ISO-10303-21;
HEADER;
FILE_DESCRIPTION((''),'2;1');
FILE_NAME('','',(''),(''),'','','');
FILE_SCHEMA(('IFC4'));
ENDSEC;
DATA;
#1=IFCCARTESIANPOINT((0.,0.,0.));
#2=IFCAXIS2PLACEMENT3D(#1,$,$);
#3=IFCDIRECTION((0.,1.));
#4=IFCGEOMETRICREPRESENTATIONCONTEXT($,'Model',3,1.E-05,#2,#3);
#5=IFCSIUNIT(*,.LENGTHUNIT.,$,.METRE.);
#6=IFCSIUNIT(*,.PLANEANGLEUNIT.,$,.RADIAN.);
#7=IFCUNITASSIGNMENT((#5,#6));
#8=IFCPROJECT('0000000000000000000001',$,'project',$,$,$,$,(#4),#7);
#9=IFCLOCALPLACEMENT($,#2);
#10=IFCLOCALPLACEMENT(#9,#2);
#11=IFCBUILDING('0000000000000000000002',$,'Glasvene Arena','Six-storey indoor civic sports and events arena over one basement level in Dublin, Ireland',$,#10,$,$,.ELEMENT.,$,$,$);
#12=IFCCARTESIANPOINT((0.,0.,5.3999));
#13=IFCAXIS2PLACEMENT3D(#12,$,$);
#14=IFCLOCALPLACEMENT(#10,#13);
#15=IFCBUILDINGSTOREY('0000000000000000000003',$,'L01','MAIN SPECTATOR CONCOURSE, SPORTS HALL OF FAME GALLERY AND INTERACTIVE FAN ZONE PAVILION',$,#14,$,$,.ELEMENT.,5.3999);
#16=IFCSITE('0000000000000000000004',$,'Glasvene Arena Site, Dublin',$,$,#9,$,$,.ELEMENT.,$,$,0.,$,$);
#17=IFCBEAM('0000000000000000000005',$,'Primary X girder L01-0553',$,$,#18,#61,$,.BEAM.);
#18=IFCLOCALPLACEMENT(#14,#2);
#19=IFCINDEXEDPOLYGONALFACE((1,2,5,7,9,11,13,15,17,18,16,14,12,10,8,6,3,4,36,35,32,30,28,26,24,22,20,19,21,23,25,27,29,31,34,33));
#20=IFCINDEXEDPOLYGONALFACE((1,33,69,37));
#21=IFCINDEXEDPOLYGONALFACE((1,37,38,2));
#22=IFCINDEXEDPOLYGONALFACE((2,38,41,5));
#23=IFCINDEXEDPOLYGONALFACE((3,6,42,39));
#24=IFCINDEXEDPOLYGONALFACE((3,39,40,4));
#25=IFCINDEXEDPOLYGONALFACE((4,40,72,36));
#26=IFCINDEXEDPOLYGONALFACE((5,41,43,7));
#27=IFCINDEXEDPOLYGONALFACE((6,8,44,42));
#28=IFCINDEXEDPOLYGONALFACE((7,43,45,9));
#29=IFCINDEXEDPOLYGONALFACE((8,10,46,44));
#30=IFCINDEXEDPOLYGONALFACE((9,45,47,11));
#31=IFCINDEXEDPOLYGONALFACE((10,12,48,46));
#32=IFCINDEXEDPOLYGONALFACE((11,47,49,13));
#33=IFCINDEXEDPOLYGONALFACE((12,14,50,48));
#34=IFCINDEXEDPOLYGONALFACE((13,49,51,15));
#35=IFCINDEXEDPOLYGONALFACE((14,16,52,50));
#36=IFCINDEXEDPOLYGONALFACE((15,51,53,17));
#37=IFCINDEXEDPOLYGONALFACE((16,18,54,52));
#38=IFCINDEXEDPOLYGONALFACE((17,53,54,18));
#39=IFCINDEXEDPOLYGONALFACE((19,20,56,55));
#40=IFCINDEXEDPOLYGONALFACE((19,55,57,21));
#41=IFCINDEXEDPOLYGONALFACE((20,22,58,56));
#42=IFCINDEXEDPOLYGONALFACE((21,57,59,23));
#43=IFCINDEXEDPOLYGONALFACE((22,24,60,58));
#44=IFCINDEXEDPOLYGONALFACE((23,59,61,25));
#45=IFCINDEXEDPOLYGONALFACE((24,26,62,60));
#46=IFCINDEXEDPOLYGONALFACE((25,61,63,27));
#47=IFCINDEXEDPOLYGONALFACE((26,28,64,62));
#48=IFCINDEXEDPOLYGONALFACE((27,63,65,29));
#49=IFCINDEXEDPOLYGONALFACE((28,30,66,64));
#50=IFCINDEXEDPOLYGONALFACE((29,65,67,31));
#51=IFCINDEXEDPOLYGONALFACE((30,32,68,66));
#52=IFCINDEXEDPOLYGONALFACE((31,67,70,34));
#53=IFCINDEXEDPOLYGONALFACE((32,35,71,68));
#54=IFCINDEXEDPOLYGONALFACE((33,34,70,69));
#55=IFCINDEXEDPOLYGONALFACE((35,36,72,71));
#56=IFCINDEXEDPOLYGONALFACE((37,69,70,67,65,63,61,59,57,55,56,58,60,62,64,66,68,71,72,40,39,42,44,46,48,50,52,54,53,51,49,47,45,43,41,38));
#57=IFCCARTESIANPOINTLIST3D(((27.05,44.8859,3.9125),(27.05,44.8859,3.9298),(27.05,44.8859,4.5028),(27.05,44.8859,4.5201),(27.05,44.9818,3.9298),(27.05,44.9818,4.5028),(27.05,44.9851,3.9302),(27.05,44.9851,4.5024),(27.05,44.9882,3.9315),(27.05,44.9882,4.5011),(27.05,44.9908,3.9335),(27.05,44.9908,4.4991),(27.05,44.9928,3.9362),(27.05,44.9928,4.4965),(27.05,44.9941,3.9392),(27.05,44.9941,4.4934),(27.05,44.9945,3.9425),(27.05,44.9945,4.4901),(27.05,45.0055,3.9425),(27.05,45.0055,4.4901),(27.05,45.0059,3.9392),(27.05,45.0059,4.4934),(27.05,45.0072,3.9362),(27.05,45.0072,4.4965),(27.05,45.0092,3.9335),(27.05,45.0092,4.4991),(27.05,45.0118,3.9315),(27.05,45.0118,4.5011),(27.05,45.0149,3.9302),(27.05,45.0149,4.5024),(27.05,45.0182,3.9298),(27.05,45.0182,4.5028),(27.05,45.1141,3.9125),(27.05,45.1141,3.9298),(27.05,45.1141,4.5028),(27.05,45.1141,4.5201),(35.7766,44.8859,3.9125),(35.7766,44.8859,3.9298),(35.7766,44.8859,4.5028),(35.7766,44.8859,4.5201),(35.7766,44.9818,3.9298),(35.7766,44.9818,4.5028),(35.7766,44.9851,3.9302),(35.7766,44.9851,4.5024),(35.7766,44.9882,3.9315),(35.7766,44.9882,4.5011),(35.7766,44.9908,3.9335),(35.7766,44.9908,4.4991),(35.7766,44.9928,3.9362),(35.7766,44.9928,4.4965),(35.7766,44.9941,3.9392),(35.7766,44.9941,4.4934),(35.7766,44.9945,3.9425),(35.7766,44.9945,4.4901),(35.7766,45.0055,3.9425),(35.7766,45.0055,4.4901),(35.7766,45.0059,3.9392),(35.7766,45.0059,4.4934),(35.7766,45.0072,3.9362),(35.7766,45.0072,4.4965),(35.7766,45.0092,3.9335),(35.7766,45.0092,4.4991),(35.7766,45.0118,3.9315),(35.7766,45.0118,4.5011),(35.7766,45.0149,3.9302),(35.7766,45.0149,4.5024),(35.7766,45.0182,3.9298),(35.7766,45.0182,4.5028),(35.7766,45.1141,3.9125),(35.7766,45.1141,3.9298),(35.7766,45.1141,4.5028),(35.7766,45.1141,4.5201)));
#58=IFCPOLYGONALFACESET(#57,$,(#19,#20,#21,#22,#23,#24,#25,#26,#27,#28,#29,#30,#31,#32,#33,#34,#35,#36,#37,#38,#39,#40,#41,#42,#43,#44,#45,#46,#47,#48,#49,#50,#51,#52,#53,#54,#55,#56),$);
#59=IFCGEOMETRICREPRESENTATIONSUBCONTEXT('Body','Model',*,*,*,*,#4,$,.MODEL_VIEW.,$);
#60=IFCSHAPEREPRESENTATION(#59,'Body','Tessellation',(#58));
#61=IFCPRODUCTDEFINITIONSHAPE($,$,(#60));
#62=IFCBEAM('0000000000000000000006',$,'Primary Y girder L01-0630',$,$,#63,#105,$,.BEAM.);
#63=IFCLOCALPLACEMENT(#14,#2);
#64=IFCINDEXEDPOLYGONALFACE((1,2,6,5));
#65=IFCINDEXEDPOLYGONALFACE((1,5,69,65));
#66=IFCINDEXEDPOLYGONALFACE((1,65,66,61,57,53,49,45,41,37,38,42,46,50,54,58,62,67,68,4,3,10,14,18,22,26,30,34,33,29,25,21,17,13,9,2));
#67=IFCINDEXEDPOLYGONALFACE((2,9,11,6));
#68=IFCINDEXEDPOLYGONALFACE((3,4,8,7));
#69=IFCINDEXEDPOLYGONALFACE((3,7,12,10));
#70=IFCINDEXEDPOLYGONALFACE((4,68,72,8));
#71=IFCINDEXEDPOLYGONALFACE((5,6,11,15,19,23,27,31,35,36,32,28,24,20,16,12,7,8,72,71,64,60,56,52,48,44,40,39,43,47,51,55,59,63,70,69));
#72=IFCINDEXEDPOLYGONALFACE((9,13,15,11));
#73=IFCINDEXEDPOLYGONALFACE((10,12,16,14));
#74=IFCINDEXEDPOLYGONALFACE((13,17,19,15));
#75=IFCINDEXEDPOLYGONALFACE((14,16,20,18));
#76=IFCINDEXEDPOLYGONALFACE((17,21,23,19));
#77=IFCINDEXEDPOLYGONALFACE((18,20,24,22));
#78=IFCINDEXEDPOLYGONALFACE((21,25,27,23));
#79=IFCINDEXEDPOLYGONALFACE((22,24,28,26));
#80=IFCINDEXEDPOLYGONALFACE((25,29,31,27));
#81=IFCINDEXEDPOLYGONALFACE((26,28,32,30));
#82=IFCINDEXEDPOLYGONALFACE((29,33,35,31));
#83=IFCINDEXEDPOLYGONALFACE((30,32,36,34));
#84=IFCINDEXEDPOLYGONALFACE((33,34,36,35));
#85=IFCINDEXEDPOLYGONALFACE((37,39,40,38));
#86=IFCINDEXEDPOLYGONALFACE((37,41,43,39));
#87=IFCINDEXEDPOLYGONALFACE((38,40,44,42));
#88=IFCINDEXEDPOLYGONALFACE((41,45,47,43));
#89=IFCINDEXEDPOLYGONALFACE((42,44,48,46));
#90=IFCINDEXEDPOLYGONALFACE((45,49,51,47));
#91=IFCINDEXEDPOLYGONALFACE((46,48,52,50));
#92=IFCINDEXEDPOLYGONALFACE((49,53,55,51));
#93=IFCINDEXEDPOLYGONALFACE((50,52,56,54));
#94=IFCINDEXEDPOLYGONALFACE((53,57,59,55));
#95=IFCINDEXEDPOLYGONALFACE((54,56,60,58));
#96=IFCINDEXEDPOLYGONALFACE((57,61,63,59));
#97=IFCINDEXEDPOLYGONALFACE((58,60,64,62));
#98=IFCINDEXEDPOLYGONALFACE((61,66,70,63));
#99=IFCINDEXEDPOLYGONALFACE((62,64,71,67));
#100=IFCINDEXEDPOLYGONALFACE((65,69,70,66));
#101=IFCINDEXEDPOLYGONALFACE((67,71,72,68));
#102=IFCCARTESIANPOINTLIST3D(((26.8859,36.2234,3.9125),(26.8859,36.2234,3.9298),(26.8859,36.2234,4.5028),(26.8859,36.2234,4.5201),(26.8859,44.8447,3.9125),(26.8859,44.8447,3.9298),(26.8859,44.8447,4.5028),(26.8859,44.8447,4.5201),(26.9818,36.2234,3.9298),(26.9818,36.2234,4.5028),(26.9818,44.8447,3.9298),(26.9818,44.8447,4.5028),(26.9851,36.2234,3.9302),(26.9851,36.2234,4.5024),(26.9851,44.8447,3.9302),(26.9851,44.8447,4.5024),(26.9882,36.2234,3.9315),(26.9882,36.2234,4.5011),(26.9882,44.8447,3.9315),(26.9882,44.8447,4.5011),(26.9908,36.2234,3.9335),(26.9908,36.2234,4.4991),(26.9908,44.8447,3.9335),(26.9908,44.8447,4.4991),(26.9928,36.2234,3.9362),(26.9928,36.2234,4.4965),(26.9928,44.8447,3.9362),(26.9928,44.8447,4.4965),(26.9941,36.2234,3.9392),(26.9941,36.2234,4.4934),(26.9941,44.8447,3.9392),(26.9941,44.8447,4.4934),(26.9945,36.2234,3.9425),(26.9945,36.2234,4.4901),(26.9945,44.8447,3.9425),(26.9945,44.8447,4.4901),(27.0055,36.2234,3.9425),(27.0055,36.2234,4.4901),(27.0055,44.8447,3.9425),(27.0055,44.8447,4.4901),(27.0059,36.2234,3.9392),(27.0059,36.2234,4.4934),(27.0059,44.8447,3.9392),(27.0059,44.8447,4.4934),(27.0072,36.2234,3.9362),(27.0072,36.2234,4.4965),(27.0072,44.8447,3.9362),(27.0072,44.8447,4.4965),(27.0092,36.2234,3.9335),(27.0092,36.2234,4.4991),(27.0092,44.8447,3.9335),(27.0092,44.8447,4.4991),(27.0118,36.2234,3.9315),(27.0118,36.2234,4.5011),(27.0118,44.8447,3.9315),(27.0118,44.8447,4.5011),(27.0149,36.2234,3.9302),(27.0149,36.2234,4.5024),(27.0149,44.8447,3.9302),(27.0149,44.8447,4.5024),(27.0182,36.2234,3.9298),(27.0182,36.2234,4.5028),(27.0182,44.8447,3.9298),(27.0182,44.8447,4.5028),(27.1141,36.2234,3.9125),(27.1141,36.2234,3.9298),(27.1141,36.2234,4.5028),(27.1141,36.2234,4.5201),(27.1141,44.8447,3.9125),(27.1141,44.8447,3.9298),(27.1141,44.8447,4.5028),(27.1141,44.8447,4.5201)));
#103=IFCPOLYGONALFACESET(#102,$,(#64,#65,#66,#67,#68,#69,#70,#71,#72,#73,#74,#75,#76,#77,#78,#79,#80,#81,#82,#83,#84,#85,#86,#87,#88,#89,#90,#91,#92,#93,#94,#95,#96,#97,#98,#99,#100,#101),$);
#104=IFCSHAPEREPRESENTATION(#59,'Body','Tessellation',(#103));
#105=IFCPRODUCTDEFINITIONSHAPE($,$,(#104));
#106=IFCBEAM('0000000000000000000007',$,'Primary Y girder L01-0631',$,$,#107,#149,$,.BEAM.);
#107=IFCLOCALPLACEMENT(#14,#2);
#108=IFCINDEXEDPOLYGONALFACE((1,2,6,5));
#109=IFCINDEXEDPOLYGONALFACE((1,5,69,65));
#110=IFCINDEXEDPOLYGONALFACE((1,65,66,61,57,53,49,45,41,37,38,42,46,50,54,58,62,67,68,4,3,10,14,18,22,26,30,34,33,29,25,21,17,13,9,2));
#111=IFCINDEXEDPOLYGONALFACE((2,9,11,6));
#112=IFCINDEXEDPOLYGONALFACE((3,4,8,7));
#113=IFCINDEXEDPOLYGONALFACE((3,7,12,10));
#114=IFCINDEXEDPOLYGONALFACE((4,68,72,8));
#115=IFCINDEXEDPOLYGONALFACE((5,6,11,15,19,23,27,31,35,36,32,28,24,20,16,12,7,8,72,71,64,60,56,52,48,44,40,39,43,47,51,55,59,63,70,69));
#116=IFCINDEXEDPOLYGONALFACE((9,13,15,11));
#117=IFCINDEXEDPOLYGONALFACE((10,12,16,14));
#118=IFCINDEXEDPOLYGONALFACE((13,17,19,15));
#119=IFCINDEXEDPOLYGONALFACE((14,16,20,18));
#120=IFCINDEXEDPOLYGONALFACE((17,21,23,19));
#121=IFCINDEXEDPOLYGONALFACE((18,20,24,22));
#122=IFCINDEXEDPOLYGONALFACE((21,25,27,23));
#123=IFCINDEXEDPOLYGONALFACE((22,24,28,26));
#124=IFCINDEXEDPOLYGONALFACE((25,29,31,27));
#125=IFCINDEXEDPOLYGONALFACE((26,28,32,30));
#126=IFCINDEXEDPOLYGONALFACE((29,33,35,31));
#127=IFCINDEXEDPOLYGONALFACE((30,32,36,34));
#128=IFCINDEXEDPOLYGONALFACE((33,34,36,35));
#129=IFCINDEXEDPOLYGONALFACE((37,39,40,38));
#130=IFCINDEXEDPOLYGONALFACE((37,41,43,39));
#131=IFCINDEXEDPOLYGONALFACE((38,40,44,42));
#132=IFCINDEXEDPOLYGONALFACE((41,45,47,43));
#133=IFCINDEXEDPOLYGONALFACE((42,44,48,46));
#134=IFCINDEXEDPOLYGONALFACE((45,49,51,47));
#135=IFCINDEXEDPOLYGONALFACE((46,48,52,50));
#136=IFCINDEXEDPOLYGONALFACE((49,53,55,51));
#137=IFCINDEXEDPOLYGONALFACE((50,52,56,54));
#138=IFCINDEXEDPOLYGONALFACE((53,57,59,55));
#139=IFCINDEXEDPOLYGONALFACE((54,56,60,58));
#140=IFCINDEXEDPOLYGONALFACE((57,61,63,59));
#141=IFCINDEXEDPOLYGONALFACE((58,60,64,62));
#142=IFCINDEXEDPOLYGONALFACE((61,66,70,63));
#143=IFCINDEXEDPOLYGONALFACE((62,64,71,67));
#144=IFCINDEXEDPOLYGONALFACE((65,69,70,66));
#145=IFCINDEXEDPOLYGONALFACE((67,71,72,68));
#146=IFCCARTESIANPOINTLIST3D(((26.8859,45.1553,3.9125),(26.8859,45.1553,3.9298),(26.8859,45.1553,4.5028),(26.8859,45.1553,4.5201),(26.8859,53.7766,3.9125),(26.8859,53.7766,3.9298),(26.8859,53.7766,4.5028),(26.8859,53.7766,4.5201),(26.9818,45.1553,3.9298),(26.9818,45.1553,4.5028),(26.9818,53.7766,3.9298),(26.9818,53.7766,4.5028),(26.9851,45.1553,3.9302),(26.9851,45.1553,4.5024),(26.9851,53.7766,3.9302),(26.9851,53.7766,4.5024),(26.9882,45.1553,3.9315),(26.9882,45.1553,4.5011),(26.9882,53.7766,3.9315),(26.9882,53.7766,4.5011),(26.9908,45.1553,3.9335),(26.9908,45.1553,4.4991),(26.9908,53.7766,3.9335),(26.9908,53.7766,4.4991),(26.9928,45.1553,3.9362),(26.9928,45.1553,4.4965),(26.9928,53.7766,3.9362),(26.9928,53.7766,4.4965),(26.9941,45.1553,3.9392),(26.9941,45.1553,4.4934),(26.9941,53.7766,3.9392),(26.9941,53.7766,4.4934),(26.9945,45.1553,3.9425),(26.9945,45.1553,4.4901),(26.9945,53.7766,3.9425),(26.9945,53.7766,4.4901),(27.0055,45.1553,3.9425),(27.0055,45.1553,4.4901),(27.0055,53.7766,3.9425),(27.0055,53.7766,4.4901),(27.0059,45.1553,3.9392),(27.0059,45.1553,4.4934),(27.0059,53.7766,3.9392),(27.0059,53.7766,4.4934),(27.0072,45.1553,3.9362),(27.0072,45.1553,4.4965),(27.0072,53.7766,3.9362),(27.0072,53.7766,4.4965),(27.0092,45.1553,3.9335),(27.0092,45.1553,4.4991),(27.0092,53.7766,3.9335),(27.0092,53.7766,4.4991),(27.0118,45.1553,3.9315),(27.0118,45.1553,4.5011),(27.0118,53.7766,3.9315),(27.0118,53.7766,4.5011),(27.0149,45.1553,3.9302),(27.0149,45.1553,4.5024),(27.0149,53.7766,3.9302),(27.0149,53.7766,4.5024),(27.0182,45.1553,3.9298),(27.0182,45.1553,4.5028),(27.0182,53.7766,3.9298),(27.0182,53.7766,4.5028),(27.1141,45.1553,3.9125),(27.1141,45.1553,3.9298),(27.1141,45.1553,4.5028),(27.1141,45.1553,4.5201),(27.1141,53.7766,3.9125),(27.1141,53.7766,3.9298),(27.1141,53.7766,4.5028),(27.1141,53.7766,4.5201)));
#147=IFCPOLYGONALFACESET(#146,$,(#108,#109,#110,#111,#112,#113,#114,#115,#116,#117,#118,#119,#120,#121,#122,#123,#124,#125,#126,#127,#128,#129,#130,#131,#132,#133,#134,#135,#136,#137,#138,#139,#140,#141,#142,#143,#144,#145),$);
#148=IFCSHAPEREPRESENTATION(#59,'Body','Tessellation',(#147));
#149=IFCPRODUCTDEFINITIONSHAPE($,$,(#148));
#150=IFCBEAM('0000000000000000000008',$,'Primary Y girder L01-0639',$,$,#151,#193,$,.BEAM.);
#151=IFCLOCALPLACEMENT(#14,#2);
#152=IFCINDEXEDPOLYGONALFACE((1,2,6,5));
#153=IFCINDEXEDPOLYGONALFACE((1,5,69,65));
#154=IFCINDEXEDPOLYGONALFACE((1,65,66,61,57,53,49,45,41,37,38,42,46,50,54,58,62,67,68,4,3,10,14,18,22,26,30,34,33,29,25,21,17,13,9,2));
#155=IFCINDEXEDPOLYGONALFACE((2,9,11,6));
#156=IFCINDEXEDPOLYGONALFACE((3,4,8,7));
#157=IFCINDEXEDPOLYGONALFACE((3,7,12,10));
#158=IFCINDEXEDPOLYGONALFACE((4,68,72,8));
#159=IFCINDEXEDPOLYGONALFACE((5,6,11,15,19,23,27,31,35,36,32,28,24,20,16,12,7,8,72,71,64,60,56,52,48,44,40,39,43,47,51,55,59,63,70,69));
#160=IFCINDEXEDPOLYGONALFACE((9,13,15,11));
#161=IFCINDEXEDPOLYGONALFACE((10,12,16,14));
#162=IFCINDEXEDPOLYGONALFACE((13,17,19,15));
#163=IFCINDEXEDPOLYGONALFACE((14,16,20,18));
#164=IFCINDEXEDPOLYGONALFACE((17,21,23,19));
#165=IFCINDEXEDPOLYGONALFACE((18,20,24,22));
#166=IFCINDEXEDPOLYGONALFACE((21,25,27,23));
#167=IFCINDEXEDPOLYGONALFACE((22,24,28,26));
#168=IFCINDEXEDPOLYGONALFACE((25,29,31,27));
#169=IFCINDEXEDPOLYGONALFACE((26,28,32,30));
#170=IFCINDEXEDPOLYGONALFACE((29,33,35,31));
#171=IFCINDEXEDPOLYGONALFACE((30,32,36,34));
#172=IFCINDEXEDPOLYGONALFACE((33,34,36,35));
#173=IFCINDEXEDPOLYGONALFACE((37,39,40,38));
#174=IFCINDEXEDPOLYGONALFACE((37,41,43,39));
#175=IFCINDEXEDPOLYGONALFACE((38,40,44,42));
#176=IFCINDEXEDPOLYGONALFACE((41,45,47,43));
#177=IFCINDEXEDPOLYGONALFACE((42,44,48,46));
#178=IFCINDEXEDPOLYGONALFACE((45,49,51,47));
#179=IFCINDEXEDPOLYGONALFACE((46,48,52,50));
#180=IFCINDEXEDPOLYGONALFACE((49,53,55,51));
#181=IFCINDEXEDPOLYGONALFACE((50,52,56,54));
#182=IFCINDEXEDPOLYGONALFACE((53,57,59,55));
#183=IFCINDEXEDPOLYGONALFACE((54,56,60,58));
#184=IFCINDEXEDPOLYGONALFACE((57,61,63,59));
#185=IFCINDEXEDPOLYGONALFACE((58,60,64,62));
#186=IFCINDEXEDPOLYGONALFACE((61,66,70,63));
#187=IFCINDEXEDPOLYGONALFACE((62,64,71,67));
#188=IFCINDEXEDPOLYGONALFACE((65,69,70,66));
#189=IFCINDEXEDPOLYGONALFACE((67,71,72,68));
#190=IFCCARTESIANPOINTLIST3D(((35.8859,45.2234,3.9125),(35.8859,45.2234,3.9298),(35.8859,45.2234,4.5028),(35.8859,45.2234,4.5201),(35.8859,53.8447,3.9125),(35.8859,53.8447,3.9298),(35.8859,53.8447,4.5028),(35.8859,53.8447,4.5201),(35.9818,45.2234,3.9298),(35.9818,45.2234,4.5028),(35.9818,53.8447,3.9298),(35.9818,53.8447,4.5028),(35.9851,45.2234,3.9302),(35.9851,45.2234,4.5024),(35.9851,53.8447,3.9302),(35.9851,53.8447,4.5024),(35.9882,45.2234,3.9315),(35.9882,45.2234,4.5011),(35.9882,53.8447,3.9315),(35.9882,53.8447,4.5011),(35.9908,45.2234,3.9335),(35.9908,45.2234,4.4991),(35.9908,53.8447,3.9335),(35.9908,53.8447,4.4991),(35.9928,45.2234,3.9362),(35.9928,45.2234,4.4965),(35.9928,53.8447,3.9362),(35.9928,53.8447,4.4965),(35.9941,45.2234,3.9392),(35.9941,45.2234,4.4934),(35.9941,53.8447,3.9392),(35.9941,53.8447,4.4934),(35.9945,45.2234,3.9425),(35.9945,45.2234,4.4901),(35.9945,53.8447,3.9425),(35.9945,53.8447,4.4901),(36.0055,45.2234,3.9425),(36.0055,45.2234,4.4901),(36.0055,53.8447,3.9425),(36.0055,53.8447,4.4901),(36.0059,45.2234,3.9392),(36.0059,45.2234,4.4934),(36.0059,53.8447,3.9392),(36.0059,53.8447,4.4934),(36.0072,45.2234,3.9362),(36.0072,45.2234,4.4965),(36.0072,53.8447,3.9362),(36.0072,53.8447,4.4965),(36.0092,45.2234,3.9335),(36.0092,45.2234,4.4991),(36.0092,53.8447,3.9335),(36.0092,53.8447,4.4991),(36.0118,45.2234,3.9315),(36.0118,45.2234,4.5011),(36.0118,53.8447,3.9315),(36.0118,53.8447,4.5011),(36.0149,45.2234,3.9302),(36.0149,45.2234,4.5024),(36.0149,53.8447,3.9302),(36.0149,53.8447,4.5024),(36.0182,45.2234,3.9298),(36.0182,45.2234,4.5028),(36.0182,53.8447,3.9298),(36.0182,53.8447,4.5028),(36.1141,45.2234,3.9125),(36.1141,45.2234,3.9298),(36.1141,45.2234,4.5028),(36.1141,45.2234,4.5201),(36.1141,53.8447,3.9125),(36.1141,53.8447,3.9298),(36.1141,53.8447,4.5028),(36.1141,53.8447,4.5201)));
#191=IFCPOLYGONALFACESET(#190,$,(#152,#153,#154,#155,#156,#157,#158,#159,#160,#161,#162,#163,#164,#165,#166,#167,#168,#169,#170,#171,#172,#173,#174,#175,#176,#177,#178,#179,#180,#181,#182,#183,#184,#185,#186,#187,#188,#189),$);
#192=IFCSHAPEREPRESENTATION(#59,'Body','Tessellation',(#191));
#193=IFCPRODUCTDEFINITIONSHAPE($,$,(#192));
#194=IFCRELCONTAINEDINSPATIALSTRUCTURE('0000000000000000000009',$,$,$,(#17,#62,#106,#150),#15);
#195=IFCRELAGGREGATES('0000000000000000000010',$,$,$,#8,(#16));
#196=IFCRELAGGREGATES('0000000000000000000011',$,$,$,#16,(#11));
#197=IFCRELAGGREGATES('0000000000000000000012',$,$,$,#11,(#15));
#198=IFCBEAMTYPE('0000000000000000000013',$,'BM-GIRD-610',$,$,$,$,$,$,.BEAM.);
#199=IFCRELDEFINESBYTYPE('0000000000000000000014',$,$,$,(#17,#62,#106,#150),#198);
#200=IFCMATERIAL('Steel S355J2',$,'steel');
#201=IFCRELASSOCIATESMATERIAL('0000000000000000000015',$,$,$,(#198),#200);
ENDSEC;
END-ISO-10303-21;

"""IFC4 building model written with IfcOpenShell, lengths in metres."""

from ifc_helpers import new_model, si_unit, direction, frame, origin, origin_2d, place, context, subcontext, project, spatial, i_section, extrude, material, material_profile, profile_set, type_object, element, save


model = new_model("IFC4")

# Units and contexts
model_context = context("Model", 3, precision=1e-05, world=origin(), true_north=direction((0.0, 1.0)))
body_context = subcontext(model_context, "Body", "Model", "MODEL_VIEW")
ifc_project = project(units=[si_unit("LENGTHUNIT", "METRE"), si_unit("PLANEANGLEUNIT", "RADIAN")], contexts=[model_context])

# Site, building, storey
site_placement = place(None, origin())
site = spatial("IfcSite", under=ifc_project, at=site_placement, Name="Glasvene Arena Site, Dublin", CompositionType="ELEMENT", RefElevation=0.0)
building_placement = place(site_placement, origin())
building = spatial("IfcBuilding", under=site, at=building_placement, Name="Glasvene Arena", Description="Six-storey indoor civic sports and events arena over one basement level in Dublin, Ireland", CompositionType="ELEMENT")
storey_placement = place(building_placement, frame((0.0, 0.0, 5.3999)))
storey = spatial("IfcBuildingStorey", under=building, at=storey_placement, Name="L01", Description="MAIN SPECTATOR CONCOURSE, SPORTS HALL OF FAME GALLERY AND INTERACTIVE FAN ZONE PAVILION", CompositionType="ELEMENT", Elevation=5.3999)

# Shared definitions
ifc_material_1 = material(Name="Steel S355J2", Category="steel")

# Beams
ifc_material_profile_1 = material_profile(ifc_material_1, i_section(OverallWidth=0.2283, OverallDepth=0.6077, WebThickness=0.011, FlangeThickness=0.0173, FilletRadius=0.0127, at=origin_2d()), Name="UKB 610x229x113")
ifc_profile_set_1 = profile_set([ifc_material_profile_1], Name="Steel S355J2")
beam_type_1 = type_object("IfcBeamType", Name="BM-GIRD-610", PredefinedType="BEAM", material=ifc_profile_set_1)
for number, where, z_axis, x_axis, name in (
    (1, (27.05, 45.0, 4.2163), (1.0, 0.0, 0.0), (0.0, 1.0, 0.0), "Primary X girder L01-0553"),
):
    element("IfcBeam", number, at=place(storey_placement, frame(where, z_axis=z_axis, x_axis=x_axis)), inside=storey, type_object=beam_type_1, Name=name, PredefinedType="BEAM", context=body_context, shape_type="SweptSolid", body=[
        extrude(i_section(OverallWidth=0.2283, OverallDepth=0.6077, WebThickness=0.011, FlangeThickness=0.0173, FilletRadius=0.0127, at=origin_2d()), origin(), (0.0, 0.0, 1.0), 8.7266),
    ])
for number, where, z_axis, x_axis, name in (
    (2, (27.0, 36.2234, 4.2163), (0.0, 1.0, 0.0), (-1.0, 0.0, 0.0), "Primary Y girder L01-0630"),
    (3, (27.0, 45.1553, 4.2163), (0.0, 1.0, 0.0), (-1.0, 0.0, 0.0), "Primary Y girder L01-0631"),
    (4, (36.0, 45.2234, 4.2163), (0.0, 1.0, 0.0), (-1.0, 0.0, 0.0), "Primary Y girder L01-0639"),
):
    element("IfcBeam", number, at=place(storey_placement, frame(where, z_axis=z_axis, x_axis=x_axis)), inside=storey, type_object=beam_type_1, Name=name, PredefinedType="BEAM", context=body_context, shape_type="SweptSolid", body=[
        extrude(i_section(OverallWidth=0.2283, OverallDepth=0.6077, WebThickness=0.011, FlangeThickness=0.0173, FilletRadius=0.0127, at=origin_2d()), origin(), (0.0, 0.0, 1.0), 8.6213),
    ])

save(model, "model.ifc")
